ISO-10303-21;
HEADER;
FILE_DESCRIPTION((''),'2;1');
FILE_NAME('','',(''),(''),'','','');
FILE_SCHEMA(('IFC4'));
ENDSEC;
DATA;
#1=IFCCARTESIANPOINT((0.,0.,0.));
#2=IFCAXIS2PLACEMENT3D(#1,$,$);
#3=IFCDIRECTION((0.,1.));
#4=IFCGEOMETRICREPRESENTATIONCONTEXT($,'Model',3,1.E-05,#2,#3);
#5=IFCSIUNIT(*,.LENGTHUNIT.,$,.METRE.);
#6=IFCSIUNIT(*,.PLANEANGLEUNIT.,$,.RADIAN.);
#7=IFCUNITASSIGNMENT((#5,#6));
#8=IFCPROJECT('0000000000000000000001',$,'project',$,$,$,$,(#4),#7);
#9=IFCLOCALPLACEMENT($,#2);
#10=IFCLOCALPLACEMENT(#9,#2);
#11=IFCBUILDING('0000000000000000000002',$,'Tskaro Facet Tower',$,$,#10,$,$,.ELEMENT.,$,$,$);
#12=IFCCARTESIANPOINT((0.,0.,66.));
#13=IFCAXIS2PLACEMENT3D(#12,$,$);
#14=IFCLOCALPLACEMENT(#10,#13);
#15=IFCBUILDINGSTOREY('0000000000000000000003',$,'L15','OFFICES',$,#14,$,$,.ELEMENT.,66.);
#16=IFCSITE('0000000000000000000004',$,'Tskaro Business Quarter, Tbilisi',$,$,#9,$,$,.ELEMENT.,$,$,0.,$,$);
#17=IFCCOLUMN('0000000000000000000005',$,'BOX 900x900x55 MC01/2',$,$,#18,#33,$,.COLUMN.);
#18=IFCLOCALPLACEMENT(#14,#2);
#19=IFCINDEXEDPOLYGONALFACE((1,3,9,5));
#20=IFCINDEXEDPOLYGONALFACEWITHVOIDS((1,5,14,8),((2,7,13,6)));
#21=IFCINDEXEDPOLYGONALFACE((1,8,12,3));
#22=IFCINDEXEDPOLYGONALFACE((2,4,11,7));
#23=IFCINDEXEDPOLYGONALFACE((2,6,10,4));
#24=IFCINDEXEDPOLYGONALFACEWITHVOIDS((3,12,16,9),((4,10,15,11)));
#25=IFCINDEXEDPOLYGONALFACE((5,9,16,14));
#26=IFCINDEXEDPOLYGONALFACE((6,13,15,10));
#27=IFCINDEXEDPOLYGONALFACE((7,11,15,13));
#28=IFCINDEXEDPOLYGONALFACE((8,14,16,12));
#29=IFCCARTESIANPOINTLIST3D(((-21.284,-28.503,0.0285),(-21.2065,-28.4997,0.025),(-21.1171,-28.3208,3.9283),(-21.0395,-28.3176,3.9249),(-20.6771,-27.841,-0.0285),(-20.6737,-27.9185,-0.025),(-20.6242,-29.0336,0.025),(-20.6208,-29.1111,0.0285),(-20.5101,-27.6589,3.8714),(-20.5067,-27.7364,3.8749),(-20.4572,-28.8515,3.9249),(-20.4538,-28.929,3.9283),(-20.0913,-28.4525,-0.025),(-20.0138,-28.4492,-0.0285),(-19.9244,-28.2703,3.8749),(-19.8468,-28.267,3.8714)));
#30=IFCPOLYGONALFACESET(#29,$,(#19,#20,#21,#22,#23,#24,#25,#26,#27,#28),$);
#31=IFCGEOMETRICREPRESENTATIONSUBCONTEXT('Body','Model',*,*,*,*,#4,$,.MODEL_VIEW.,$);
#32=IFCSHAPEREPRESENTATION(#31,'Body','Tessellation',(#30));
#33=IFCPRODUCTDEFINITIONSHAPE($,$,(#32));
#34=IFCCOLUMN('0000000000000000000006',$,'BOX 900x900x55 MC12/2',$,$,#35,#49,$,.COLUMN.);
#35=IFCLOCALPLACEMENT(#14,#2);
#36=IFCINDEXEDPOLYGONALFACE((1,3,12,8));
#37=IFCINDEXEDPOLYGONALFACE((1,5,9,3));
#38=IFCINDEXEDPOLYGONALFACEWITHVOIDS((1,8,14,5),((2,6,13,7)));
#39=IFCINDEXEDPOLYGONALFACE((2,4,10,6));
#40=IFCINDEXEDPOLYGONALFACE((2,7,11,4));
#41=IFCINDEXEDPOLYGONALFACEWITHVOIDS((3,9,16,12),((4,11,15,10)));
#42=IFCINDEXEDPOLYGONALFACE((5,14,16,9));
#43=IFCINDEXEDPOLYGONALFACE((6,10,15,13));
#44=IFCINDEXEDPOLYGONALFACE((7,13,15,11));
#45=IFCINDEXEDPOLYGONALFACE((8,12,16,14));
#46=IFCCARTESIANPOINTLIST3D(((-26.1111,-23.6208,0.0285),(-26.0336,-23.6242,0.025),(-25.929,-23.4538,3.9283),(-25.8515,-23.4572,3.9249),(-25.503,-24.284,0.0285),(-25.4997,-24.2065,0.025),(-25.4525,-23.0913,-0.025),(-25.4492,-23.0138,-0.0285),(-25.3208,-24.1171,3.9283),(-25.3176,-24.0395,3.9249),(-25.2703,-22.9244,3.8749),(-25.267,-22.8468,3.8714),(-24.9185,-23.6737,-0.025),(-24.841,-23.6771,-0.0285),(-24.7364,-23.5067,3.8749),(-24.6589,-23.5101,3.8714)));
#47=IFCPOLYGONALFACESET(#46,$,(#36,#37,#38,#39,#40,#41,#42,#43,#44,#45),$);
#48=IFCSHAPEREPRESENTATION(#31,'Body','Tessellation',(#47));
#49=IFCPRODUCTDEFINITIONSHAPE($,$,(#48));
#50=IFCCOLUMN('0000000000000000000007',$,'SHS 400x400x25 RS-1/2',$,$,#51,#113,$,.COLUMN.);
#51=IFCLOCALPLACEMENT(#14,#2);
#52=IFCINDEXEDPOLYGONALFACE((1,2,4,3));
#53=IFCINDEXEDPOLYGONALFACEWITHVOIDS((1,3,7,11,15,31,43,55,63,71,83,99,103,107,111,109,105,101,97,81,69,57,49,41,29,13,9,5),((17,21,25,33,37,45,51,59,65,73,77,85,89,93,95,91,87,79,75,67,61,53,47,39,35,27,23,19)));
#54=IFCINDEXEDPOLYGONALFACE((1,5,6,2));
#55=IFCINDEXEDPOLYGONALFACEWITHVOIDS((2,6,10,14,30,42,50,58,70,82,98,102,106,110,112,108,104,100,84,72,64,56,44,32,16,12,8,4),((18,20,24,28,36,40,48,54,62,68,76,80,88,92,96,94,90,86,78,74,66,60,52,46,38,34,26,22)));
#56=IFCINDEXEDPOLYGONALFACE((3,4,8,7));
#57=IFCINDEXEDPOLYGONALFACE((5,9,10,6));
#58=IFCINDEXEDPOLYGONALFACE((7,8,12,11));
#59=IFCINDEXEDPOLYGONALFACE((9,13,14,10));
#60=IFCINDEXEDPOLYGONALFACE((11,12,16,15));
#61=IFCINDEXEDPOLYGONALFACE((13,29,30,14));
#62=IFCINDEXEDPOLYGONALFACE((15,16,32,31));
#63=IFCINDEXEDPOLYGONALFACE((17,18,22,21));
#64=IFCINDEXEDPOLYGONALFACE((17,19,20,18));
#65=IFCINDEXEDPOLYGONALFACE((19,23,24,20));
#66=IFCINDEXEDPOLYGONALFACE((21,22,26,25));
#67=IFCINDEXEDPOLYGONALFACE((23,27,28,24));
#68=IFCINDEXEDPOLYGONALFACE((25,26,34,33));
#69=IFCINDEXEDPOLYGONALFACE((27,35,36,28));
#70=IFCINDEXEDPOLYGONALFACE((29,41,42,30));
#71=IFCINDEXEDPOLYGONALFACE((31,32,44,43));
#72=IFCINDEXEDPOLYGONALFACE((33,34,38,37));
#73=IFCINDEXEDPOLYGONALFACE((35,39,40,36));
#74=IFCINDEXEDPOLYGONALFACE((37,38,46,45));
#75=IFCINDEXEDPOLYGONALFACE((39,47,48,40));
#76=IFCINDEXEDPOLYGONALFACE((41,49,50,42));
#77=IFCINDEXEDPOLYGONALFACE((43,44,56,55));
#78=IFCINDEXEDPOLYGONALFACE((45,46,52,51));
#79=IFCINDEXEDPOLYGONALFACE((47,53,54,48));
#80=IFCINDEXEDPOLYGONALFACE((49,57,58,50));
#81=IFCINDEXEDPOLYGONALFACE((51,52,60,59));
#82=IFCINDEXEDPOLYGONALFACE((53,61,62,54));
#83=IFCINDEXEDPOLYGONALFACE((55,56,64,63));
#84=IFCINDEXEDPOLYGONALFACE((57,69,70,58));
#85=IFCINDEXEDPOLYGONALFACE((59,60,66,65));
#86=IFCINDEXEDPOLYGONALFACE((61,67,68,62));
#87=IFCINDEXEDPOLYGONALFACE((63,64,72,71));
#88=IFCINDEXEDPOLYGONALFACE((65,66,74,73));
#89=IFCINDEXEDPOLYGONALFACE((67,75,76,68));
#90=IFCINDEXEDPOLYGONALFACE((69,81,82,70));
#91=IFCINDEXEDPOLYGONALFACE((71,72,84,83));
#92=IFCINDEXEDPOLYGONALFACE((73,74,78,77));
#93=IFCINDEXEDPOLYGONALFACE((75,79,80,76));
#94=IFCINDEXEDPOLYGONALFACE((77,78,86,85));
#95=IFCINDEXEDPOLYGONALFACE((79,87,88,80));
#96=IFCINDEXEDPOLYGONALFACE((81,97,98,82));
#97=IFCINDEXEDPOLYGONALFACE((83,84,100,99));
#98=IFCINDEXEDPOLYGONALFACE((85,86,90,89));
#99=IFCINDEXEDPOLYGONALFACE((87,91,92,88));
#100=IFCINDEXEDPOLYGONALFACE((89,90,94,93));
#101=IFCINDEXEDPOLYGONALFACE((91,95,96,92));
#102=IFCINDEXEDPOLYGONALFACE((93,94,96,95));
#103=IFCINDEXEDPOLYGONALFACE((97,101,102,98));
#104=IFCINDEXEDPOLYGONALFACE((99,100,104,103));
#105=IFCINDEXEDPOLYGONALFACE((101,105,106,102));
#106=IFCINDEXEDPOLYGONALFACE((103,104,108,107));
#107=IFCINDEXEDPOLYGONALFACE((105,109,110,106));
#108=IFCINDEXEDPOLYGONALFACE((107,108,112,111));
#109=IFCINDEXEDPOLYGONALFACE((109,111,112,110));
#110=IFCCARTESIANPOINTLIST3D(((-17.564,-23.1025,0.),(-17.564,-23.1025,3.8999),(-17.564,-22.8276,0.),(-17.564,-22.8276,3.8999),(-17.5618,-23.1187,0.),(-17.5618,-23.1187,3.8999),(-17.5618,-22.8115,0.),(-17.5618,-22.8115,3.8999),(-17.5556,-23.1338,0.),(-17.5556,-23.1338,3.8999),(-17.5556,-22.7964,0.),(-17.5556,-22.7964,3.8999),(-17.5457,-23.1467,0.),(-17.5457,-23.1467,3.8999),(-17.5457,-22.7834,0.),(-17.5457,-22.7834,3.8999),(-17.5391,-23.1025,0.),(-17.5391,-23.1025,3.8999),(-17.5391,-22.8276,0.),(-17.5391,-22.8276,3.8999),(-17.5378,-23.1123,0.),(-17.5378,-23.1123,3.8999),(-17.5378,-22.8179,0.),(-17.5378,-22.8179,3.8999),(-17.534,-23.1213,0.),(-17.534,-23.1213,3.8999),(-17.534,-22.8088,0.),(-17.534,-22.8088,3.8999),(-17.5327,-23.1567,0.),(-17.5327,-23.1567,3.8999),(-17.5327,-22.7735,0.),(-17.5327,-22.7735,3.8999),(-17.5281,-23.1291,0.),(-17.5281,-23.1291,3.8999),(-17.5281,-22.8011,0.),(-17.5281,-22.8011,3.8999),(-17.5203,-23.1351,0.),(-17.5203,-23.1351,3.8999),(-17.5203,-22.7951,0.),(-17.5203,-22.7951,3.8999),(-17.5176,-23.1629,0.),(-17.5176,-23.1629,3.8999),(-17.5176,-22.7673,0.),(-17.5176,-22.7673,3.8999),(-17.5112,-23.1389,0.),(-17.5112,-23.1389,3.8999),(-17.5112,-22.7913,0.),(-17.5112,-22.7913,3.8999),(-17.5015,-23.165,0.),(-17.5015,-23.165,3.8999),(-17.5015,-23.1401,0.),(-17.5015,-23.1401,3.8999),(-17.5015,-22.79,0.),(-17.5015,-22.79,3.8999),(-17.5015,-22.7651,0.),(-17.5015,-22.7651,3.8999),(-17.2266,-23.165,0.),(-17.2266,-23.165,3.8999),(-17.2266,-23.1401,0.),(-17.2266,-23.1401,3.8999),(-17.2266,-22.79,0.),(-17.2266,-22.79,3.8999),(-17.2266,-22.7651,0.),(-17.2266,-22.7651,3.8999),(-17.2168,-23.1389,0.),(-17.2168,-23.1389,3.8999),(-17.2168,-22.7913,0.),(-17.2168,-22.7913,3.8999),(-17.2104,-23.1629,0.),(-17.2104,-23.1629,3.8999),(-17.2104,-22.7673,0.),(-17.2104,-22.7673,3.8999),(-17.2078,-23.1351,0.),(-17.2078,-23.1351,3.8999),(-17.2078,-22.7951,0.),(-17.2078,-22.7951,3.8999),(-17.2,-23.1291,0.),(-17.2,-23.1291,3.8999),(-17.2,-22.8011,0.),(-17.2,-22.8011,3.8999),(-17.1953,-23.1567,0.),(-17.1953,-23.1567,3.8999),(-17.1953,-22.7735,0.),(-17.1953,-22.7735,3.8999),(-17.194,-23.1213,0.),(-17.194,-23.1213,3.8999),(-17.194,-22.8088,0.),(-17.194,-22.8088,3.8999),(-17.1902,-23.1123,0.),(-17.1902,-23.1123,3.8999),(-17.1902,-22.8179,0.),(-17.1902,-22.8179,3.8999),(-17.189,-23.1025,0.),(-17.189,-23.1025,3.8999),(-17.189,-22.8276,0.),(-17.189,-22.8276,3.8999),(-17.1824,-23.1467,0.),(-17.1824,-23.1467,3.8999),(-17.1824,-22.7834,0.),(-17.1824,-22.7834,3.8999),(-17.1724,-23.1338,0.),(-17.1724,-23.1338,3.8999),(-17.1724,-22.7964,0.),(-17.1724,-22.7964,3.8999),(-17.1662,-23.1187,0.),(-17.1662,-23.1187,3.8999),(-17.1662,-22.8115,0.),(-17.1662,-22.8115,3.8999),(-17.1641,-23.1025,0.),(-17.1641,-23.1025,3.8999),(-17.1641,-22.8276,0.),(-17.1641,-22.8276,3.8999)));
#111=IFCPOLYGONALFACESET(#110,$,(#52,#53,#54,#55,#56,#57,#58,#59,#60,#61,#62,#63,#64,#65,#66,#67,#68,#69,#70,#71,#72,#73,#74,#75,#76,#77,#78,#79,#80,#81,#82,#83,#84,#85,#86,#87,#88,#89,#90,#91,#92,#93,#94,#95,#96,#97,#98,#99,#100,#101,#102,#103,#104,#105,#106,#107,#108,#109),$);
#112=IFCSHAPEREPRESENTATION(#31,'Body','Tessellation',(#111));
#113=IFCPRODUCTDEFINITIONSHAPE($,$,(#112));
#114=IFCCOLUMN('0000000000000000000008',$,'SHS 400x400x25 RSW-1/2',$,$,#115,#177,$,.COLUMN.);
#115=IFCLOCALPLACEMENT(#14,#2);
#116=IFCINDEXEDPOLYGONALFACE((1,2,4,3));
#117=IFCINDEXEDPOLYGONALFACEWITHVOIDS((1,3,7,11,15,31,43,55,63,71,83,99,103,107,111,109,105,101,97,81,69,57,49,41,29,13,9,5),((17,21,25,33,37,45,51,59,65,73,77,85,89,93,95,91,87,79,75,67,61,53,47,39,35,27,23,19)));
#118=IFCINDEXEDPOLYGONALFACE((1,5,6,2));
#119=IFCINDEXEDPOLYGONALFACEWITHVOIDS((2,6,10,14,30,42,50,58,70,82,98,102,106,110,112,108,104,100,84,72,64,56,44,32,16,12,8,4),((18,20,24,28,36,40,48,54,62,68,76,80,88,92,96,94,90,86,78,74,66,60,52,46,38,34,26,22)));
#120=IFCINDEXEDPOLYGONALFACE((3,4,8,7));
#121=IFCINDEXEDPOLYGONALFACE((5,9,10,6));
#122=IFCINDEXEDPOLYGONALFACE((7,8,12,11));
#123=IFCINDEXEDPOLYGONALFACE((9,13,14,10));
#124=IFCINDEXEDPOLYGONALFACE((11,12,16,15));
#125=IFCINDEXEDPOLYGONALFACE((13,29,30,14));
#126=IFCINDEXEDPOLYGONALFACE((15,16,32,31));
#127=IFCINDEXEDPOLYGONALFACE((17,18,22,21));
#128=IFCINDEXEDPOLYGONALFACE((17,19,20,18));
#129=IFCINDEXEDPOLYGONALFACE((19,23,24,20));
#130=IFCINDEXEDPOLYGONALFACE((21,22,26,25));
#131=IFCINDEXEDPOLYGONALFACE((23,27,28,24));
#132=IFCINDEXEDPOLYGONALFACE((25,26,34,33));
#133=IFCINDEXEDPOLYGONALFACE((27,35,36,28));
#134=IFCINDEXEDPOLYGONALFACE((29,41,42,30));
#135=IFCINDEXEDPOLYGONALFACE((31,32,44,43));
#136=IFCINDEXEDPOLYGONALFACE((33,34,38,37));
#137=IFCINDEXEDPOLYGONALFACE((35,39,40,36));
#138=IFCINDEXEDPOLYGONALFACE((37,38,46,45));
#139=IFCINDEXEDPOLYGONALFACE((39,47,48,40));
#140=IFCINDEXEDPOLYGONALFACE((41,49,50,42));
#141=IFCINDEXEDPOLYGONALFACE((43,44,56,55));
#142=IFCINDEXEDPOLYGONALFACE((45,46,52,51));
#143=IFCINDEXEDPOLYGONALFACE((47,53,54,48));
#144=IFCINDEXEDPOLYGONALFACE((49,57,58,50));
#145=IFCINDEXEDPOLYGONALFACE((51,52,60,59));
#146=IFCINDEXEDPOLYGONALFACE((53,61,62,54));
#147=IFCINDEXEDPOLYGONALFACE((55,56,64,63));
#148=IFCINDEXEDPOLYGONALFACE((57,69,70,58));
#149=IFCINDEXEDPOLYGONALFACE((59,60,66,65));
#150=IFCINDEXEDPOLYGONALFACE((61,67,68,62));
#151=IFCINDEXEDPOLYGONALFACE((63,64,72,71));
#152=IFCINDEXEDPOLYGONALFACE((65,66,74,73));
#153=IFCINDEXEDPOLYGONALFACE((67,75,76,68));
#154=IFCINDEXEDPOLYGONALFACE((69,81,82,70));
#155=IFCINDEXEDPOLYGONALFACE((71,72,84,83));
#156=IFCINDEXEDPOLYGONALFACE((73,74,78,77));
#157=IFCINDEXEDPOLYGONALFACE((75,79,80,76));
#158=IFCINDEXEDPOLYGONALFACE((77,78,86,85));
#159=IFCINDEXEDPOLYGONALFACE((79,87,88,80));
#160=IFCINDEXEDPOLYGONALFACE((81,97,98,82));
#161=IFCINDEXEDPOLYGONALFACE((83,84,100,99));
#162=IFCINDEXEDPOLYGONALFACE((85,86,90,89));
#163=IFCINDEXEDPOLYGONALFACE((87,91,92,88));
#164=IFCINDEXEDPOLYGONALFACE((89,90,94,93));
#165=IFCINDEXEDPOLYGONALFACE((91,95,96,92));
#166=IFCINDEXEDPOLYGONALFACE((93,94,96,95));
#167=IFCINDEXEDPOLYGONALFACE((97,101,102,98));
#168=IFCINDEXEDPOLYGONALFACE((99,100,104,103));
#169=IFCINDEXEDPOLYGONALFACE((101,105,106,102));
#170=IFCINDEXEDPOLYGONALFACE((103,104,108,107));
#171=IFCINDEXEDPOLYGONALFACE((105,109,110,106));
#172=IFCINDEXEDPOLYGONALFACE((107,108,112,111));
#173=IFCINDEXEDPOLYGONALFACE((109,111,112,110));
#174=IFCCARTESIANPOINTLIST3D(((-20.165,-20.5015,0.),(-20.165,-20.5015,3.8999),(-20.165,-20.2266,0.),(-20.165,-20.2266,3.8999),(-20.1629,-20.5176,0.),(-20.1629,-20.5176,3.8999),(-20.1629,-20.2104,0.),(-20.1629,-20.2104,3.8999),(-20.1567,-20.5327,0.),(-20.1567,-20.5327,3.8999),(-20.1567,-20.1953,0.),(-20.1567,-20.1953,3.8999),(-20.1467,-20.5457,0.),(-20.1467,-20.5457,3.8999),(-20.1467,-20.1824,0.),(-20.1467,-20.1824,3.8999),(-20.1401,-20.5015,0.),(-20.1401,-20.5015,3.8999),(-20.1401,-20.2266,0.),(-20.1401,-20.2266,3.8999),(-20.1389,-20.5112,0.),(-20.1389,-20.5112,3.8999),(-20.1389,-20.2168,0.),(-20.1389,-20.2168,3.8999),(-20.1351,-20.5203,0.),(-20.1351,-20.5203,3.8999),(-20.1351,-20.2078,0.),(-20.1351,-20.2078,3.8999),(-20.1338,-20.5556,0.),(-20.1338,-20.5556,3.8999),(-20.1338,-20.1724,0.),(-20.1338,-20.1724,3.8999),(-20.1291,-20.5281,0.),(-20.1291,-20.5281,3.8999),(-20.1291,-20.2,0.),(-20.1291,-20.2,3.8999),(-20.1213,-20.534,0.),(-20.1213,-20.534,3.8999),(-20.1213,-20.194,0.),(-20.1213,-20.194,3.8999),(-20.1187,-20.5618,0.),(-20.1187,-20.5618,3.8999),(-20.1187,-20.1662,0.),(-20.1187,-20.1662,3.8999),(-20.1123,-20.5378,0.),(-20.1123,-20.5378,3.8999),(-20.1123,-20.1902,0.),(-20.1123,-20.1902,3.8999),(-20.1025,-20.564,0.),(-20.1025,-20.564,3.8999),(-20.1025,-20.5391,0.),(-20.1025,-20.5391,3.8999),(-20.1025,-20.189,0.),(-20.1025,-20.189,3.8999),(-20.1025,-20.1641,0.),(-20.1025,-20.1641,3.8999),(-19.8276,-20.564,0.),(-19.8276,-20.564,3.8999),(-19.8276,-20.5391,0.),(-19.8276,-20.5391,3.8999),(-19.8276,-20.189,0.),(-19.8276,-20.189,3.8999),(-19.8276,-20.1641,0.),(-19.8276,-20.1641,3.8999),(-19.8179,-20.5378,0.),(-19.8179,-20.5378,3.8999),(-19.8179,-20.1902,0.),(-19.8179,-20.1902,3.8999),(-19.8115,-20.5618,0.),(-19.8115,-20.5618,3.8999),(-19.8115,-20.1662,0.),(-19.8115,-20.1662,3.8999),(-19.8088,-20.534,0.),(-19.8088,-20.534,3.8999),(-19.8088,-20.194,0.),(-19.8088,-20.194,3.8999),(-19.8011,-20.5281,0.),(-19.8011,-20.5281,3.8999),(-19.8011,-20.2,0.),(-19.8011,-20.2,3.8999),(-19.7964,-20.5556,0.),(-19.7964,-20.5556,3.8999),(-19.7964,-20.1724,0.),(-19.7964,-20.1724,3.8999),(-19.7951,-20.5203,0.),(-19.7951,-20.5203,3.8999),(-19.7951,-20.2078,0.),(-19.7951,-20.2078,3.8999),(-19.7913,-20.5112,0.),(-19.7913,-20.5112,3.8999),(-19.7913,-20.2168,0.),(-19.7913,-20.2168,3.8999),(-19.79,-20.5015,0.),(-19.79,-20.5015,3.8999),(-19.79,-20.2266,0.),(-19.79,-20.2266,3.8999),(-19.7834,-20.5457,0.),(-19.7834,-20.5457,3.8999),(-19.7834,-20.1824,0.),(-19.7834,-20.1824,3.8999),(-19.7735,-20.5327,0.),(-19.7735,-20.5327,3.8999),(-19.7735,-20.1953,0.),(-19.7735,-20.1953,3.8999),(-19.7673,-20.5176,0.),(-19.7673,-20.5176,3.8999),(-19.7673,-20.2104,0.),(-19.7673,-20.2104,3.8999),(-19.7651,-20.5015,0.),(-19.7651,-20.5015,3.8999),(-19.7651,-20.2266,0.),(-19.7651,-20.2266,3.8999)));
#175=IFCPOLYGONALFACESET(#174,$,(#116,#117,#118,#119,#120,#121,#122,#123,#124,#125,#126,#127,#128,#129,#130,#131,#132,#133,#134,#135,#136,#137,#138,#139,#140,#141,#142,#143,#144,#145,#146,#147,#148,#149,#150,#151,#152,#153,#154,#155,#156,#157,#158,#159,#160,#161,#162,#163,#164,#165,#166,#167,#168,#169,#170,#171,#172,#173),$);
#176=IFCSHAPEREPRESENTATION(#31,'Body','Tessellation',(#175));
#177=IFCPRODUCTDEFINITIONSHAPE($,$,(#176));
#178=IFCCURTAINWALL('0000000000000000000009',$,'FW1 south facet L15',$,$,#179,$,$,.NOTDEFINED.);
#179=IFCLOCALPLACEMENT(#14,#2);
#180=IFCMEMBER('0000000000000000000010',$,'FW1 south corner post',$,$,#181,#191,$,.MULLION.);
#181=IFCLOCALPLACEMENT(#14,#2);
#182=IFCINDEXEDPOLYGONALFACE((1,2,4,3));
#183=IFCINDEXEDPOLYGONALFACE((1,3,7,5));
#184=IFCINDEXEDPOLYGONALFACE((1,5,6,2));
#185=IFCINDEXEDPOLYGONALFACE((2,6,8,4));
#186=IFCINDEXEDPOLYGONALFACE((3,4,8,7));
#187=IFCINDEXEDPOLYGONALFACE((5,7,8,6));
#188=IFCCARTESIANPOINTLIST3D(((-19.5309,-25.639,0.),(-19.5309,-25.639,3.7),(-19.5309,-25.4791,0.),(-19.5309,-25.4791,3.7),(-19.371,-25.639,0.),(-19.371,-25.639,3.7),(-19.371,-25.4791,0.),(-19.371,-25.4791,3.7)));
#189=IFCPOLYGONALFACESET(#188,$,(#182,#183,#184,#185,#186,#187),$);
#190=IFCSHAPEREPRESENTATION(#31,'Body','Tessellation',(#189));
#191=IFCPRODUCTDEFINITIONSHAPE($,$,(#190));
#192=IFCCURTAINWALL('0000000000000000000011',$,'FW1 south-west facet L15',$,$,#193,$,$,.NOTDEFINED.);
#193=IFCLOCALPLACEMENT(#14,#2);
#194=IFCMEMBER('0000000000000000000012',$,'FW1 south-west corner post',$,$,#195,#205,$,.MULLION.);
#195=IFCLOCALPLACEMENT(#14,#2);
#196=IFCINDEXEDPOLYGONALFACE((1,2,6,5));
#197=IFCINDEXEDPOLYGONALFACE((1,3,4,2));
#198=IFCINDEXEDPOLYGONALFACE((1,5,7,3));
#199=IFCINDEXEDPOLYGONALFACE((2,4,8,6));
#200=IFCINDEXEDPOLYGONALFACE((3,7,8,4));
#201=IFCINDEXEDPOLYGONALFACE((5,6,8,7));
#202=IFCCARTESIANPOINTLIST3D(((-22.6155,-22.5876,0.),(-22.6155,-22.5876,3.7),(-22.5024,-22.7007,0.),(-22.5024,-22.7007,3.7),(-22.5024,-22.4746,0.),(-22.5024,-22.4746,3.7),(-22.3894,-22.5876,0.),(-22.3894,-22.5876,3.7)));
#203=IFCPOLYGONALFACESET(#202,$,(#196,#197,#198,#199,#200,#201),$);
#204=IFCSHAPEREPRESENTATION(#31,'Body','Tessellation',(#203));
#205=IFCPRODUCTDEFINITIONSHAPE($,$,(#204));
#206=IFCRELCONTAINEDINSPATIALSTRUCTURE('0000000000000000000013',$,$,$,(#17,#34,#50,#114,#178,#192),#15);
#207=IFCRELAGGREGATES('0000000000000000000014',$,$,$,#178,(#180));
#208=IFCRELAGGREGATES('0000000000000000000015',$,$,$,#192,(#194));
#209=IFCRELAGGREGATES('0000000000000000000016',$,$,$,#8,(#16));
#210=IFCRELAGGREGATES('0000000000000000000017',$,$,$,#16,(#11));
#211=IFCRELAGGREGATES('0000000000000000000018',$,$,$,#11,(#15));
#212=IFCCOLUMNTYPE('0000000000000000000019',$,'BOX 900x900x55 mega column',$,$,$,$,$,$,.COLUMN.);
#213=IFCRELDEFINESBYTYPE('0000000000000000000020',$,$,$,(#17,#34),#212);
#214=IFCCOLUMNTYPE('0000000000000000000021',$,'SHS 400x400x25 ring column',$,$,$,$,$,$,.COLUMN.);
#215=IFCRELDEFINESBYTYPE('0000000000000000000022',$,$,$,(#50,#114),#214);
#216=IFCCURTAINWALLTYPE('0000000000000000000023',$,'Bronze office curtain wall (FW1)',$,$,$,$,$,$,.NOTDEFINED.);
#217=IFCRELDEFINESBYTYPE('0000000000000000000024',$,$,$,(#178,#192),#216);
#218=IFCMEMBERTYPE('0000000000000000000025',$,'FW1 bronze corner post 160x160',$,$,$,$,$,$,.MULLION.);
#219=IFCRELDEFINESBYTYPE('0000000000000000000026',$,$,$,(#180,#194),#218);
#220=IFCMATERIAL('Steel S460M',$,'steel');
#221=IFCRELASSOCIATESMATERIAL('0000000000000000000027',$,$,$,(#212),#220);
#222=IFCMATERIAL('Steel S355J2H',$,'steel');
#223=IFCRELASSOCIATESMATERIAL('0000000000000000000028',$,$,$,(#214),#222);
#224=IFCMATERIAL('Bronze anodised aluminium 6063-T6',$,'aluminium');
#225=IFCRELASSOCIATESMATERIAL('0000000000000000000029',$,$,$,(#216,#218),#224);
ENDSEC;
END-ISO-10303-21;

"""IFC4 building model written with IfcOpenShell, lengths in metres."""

from ifc_helpers import new_model, si_unit, direction, frame, origin, origin_2d, place, context, subcontext, project, spatial, rectangle, hollow_rectangle, extrude, material, material_profile, profile_set, type_object, element, aggregate, save


model = new_model("IFC4")

# Units and contexts
model_context = context("Model", 3, precision=1e-05, world=origin(), true_north=direction((0.0, 1.0)))
body_context = subcontext(model_context, "Body", "Model", "MODEL_VIEW")
ifc_project = project(units=[si_unit("LENGTHUNIT", "METRE"), si_unit("PLANEANGLEUNIT", "RADIAN")], contexts=[model_context])

# Site, building, storey
site_placement = place(None, origin())
site = spatial("IfcSite", under=ifc_project, at=site_placement, Name="Tskaro Business Quarter, Tbilisi", CompositionType="ELEMENT", RefElevation=0.0)
building_placement = place(site_placement, origin())
building = spatial("IfcBuilding", under=site, at=building_placement, Name="Tskaro Facet Tower", CompositionType="ELEMENT")
storey_placement = place(building_placement, frame((0.0, 0.0, 66.0)))
storey = spatial("IfcBuildingStorey", under=building, at=storey_placement, Name="L15", Description="OFFICES", CompositionType="ELEMENT", Elevation=66.0)

# Columns
ifc_material_1 = material(Name="Steel S460M", Category="steel")
ifc_material_profile_1 = material_profile(ifc_material_1, hollow_rectangle(XDim=0.8999, YDim=0.8999, WallThickness=0.0549, at=origin_2d()), Name="BOX 900x900x55")
ifc_profile_set_1 = profile_set([ifc_material_profile_1], Name="Steel S460M")
column_type_1 = type_object("IfcColumnType", Name="BOX 900x900x55 mega column", PredefinedType="COLUMN", material=ifc_profile_set_1)
for number, where, z_axis, x_axis, name in (
    (1, (-20.6489, -28.4761, 0.0), (0.042734, 0.046607, 0.997999), (-0.737072, 0.675814, 0.0), "BOX 900x900x55 MC01/2"),
    (2, (-25.4761, -23.6489, 0.0), (0.046607, 0.042734, 0.997999), (-0.675814, 0.737072, 0.0), "BOX 900x900x55 MC12/2"),
):
    element("IfcColumn", number, at=place(storey_placement, frame(where, z_axis=z_axis, x_axis=x_axis)), inside=storey, type_object=column_type_1, Name=name, PredefinedType="COLUMN", context=body_context, shape_type="SweptSolid", body=[
        extrude(hollow_rectangle(XDim=0.8999, YDim=0.8999, WallThickness=0.0549, at=origin_2d()), origin(), (0.0, 0.0, 1.0), 3.9077),
    ])
ifc_material_2 = material(Name="Steel S355J2H", Category="steel")
ifc_material_profile_2 = material_profile(ifc_material_2, hollow_rectangle(XDim=0.3999, YDim=0.3999, WallThickness=0.0249, InnerFilletRadius=0.0376, OuterFilletRadius=0.0625, at=origin_2d()), Name="SHS 400x400x25")
ifc_profile_set_2 = profile_set([ifc_material_profile_2], Name="Steel S355J2H")
column_type_2 = type_object("IfcColumnType", Name="SHS 400x400x25 ring column", PredefinedType="COLUMN", material=ifc_profile_set_2)
for number, where, z_axis, x_axis, name in (
    (3, (-17.364, -22.9651, 0.0), (0.0, 0.0, 1.0), (1.0, 0.0, 0.0), "SHS 400x400x25 RS-1/2"),
    (4, (-19.9651, -20.364, 0.0), (0.0, 0.0, 1.0), (1.0, 0.0, 0.0), "SHS 400x400x25 RSW-1/2"),
):
    element("IfcColumn", number, at=place(storey_placement, frame(where, z_axis=z_axis, x_axis=x_axis)), inside=storey, type_object=column_type_2, Name=name, PredefinedType="COLUMN", context=body_context, shape_type="SweptSolid", body=[
        extrude(hollow_rectangle(XDim=0.3999, YDim=0.3999, WallThickness=0.0249, InnerFilletRadius=0.0376, OuterFilletRadius=0.0625, at=origin_2d()), origin(), (0.0, 0.0, 1.0), 3.8999),
    ])

# Curtain walls, members
ifc_material_3 = material(Name="Bronze anodised aluminium 6063-T6", Category="aluminium")
curtain_wall_type = type_object("IfcCurtainWallType", Name="Bronze office curtain wall (FW1)", PredefinedType="NOTDEFINED", material=ifc_material_3)
curtain_wall_1_placement = place(storey_placement, origin())
curtain_wall_1 = element("IfcCurtainWall", 5, at=curtain_wall_1_placement, inside=storey, type_object=curtain_wall_type, Name="FW1 south facet L15", PredefinedType="NOTDEFINED")
ifc_material_profile_3 = material_profile(ifc_material_3, rectangle(XDim=0.1599, YDim=0.1599, at=origin_2d()), Name="Corner post 160x160")
ifc_profile_set_3 = profile_set([ifc_material_profile_3], Name="Bronze anodised aluminium 6063-T6")
member_type_1 = type_object("IfcMemberType", Name="FW1 bronze corner post 160x160", PredefinedType="MULLION", material=ifc_profile_set_3)
member_1_placement = place(storey_placement, frame((-19.4509, -25.5591, 0.0), z_axis=(0.0, 0.0, 1.0), x_axis=(1.0, 0.0, 0.0)))
member_1 = element("IfcMember", 6, at=member_1_placement, type_object=member_type_1, Name="FW1 south corner post", PredefinedType="MULLION", context=body_context, shape_type="SweptSolid", body=[
    extrude(rectangle(XDim=0.1599, YDim=0.1599, at=origin_2d()), origin(), (0.0, 0.0, 1.0), 3.7),
])
curtain_wall_2_placement = place(storey_placement, origin())
curtain_wall_2 = element("IfcCurtainWall", 7, at=curtain_wall_2_placement, inside=storey, type_object=curtain_wall_type, Name="FW1 south-west facet L15", PredefinedType="NOTDEFINED")
member_2_placement = place(storey_placement, frame((-22.5024, -22.5876, 0.0), z_axis=(0.0, 0.0, 1.0), x_axis=(0.707107, -0.707107, 0.0)))
member_2 = element("IfcMember", 8, at=member_2_placement, type_object=member_type_1, Name="FW1 south-west corner post", PredefinedType="MULLION", context=body_context, shape_type="SweptSolid", body=[
    extrude(rectangle(XDim=0.1599, YDim=0.1599, at=origin_2d()), origin(), (0.0, 0.0, 1.0), 3.7),
])

aggregate(curtain_wall_1, [member_1])
aggregate(curtain_wall_2, [member_2])

save(model, "model.ifc")
